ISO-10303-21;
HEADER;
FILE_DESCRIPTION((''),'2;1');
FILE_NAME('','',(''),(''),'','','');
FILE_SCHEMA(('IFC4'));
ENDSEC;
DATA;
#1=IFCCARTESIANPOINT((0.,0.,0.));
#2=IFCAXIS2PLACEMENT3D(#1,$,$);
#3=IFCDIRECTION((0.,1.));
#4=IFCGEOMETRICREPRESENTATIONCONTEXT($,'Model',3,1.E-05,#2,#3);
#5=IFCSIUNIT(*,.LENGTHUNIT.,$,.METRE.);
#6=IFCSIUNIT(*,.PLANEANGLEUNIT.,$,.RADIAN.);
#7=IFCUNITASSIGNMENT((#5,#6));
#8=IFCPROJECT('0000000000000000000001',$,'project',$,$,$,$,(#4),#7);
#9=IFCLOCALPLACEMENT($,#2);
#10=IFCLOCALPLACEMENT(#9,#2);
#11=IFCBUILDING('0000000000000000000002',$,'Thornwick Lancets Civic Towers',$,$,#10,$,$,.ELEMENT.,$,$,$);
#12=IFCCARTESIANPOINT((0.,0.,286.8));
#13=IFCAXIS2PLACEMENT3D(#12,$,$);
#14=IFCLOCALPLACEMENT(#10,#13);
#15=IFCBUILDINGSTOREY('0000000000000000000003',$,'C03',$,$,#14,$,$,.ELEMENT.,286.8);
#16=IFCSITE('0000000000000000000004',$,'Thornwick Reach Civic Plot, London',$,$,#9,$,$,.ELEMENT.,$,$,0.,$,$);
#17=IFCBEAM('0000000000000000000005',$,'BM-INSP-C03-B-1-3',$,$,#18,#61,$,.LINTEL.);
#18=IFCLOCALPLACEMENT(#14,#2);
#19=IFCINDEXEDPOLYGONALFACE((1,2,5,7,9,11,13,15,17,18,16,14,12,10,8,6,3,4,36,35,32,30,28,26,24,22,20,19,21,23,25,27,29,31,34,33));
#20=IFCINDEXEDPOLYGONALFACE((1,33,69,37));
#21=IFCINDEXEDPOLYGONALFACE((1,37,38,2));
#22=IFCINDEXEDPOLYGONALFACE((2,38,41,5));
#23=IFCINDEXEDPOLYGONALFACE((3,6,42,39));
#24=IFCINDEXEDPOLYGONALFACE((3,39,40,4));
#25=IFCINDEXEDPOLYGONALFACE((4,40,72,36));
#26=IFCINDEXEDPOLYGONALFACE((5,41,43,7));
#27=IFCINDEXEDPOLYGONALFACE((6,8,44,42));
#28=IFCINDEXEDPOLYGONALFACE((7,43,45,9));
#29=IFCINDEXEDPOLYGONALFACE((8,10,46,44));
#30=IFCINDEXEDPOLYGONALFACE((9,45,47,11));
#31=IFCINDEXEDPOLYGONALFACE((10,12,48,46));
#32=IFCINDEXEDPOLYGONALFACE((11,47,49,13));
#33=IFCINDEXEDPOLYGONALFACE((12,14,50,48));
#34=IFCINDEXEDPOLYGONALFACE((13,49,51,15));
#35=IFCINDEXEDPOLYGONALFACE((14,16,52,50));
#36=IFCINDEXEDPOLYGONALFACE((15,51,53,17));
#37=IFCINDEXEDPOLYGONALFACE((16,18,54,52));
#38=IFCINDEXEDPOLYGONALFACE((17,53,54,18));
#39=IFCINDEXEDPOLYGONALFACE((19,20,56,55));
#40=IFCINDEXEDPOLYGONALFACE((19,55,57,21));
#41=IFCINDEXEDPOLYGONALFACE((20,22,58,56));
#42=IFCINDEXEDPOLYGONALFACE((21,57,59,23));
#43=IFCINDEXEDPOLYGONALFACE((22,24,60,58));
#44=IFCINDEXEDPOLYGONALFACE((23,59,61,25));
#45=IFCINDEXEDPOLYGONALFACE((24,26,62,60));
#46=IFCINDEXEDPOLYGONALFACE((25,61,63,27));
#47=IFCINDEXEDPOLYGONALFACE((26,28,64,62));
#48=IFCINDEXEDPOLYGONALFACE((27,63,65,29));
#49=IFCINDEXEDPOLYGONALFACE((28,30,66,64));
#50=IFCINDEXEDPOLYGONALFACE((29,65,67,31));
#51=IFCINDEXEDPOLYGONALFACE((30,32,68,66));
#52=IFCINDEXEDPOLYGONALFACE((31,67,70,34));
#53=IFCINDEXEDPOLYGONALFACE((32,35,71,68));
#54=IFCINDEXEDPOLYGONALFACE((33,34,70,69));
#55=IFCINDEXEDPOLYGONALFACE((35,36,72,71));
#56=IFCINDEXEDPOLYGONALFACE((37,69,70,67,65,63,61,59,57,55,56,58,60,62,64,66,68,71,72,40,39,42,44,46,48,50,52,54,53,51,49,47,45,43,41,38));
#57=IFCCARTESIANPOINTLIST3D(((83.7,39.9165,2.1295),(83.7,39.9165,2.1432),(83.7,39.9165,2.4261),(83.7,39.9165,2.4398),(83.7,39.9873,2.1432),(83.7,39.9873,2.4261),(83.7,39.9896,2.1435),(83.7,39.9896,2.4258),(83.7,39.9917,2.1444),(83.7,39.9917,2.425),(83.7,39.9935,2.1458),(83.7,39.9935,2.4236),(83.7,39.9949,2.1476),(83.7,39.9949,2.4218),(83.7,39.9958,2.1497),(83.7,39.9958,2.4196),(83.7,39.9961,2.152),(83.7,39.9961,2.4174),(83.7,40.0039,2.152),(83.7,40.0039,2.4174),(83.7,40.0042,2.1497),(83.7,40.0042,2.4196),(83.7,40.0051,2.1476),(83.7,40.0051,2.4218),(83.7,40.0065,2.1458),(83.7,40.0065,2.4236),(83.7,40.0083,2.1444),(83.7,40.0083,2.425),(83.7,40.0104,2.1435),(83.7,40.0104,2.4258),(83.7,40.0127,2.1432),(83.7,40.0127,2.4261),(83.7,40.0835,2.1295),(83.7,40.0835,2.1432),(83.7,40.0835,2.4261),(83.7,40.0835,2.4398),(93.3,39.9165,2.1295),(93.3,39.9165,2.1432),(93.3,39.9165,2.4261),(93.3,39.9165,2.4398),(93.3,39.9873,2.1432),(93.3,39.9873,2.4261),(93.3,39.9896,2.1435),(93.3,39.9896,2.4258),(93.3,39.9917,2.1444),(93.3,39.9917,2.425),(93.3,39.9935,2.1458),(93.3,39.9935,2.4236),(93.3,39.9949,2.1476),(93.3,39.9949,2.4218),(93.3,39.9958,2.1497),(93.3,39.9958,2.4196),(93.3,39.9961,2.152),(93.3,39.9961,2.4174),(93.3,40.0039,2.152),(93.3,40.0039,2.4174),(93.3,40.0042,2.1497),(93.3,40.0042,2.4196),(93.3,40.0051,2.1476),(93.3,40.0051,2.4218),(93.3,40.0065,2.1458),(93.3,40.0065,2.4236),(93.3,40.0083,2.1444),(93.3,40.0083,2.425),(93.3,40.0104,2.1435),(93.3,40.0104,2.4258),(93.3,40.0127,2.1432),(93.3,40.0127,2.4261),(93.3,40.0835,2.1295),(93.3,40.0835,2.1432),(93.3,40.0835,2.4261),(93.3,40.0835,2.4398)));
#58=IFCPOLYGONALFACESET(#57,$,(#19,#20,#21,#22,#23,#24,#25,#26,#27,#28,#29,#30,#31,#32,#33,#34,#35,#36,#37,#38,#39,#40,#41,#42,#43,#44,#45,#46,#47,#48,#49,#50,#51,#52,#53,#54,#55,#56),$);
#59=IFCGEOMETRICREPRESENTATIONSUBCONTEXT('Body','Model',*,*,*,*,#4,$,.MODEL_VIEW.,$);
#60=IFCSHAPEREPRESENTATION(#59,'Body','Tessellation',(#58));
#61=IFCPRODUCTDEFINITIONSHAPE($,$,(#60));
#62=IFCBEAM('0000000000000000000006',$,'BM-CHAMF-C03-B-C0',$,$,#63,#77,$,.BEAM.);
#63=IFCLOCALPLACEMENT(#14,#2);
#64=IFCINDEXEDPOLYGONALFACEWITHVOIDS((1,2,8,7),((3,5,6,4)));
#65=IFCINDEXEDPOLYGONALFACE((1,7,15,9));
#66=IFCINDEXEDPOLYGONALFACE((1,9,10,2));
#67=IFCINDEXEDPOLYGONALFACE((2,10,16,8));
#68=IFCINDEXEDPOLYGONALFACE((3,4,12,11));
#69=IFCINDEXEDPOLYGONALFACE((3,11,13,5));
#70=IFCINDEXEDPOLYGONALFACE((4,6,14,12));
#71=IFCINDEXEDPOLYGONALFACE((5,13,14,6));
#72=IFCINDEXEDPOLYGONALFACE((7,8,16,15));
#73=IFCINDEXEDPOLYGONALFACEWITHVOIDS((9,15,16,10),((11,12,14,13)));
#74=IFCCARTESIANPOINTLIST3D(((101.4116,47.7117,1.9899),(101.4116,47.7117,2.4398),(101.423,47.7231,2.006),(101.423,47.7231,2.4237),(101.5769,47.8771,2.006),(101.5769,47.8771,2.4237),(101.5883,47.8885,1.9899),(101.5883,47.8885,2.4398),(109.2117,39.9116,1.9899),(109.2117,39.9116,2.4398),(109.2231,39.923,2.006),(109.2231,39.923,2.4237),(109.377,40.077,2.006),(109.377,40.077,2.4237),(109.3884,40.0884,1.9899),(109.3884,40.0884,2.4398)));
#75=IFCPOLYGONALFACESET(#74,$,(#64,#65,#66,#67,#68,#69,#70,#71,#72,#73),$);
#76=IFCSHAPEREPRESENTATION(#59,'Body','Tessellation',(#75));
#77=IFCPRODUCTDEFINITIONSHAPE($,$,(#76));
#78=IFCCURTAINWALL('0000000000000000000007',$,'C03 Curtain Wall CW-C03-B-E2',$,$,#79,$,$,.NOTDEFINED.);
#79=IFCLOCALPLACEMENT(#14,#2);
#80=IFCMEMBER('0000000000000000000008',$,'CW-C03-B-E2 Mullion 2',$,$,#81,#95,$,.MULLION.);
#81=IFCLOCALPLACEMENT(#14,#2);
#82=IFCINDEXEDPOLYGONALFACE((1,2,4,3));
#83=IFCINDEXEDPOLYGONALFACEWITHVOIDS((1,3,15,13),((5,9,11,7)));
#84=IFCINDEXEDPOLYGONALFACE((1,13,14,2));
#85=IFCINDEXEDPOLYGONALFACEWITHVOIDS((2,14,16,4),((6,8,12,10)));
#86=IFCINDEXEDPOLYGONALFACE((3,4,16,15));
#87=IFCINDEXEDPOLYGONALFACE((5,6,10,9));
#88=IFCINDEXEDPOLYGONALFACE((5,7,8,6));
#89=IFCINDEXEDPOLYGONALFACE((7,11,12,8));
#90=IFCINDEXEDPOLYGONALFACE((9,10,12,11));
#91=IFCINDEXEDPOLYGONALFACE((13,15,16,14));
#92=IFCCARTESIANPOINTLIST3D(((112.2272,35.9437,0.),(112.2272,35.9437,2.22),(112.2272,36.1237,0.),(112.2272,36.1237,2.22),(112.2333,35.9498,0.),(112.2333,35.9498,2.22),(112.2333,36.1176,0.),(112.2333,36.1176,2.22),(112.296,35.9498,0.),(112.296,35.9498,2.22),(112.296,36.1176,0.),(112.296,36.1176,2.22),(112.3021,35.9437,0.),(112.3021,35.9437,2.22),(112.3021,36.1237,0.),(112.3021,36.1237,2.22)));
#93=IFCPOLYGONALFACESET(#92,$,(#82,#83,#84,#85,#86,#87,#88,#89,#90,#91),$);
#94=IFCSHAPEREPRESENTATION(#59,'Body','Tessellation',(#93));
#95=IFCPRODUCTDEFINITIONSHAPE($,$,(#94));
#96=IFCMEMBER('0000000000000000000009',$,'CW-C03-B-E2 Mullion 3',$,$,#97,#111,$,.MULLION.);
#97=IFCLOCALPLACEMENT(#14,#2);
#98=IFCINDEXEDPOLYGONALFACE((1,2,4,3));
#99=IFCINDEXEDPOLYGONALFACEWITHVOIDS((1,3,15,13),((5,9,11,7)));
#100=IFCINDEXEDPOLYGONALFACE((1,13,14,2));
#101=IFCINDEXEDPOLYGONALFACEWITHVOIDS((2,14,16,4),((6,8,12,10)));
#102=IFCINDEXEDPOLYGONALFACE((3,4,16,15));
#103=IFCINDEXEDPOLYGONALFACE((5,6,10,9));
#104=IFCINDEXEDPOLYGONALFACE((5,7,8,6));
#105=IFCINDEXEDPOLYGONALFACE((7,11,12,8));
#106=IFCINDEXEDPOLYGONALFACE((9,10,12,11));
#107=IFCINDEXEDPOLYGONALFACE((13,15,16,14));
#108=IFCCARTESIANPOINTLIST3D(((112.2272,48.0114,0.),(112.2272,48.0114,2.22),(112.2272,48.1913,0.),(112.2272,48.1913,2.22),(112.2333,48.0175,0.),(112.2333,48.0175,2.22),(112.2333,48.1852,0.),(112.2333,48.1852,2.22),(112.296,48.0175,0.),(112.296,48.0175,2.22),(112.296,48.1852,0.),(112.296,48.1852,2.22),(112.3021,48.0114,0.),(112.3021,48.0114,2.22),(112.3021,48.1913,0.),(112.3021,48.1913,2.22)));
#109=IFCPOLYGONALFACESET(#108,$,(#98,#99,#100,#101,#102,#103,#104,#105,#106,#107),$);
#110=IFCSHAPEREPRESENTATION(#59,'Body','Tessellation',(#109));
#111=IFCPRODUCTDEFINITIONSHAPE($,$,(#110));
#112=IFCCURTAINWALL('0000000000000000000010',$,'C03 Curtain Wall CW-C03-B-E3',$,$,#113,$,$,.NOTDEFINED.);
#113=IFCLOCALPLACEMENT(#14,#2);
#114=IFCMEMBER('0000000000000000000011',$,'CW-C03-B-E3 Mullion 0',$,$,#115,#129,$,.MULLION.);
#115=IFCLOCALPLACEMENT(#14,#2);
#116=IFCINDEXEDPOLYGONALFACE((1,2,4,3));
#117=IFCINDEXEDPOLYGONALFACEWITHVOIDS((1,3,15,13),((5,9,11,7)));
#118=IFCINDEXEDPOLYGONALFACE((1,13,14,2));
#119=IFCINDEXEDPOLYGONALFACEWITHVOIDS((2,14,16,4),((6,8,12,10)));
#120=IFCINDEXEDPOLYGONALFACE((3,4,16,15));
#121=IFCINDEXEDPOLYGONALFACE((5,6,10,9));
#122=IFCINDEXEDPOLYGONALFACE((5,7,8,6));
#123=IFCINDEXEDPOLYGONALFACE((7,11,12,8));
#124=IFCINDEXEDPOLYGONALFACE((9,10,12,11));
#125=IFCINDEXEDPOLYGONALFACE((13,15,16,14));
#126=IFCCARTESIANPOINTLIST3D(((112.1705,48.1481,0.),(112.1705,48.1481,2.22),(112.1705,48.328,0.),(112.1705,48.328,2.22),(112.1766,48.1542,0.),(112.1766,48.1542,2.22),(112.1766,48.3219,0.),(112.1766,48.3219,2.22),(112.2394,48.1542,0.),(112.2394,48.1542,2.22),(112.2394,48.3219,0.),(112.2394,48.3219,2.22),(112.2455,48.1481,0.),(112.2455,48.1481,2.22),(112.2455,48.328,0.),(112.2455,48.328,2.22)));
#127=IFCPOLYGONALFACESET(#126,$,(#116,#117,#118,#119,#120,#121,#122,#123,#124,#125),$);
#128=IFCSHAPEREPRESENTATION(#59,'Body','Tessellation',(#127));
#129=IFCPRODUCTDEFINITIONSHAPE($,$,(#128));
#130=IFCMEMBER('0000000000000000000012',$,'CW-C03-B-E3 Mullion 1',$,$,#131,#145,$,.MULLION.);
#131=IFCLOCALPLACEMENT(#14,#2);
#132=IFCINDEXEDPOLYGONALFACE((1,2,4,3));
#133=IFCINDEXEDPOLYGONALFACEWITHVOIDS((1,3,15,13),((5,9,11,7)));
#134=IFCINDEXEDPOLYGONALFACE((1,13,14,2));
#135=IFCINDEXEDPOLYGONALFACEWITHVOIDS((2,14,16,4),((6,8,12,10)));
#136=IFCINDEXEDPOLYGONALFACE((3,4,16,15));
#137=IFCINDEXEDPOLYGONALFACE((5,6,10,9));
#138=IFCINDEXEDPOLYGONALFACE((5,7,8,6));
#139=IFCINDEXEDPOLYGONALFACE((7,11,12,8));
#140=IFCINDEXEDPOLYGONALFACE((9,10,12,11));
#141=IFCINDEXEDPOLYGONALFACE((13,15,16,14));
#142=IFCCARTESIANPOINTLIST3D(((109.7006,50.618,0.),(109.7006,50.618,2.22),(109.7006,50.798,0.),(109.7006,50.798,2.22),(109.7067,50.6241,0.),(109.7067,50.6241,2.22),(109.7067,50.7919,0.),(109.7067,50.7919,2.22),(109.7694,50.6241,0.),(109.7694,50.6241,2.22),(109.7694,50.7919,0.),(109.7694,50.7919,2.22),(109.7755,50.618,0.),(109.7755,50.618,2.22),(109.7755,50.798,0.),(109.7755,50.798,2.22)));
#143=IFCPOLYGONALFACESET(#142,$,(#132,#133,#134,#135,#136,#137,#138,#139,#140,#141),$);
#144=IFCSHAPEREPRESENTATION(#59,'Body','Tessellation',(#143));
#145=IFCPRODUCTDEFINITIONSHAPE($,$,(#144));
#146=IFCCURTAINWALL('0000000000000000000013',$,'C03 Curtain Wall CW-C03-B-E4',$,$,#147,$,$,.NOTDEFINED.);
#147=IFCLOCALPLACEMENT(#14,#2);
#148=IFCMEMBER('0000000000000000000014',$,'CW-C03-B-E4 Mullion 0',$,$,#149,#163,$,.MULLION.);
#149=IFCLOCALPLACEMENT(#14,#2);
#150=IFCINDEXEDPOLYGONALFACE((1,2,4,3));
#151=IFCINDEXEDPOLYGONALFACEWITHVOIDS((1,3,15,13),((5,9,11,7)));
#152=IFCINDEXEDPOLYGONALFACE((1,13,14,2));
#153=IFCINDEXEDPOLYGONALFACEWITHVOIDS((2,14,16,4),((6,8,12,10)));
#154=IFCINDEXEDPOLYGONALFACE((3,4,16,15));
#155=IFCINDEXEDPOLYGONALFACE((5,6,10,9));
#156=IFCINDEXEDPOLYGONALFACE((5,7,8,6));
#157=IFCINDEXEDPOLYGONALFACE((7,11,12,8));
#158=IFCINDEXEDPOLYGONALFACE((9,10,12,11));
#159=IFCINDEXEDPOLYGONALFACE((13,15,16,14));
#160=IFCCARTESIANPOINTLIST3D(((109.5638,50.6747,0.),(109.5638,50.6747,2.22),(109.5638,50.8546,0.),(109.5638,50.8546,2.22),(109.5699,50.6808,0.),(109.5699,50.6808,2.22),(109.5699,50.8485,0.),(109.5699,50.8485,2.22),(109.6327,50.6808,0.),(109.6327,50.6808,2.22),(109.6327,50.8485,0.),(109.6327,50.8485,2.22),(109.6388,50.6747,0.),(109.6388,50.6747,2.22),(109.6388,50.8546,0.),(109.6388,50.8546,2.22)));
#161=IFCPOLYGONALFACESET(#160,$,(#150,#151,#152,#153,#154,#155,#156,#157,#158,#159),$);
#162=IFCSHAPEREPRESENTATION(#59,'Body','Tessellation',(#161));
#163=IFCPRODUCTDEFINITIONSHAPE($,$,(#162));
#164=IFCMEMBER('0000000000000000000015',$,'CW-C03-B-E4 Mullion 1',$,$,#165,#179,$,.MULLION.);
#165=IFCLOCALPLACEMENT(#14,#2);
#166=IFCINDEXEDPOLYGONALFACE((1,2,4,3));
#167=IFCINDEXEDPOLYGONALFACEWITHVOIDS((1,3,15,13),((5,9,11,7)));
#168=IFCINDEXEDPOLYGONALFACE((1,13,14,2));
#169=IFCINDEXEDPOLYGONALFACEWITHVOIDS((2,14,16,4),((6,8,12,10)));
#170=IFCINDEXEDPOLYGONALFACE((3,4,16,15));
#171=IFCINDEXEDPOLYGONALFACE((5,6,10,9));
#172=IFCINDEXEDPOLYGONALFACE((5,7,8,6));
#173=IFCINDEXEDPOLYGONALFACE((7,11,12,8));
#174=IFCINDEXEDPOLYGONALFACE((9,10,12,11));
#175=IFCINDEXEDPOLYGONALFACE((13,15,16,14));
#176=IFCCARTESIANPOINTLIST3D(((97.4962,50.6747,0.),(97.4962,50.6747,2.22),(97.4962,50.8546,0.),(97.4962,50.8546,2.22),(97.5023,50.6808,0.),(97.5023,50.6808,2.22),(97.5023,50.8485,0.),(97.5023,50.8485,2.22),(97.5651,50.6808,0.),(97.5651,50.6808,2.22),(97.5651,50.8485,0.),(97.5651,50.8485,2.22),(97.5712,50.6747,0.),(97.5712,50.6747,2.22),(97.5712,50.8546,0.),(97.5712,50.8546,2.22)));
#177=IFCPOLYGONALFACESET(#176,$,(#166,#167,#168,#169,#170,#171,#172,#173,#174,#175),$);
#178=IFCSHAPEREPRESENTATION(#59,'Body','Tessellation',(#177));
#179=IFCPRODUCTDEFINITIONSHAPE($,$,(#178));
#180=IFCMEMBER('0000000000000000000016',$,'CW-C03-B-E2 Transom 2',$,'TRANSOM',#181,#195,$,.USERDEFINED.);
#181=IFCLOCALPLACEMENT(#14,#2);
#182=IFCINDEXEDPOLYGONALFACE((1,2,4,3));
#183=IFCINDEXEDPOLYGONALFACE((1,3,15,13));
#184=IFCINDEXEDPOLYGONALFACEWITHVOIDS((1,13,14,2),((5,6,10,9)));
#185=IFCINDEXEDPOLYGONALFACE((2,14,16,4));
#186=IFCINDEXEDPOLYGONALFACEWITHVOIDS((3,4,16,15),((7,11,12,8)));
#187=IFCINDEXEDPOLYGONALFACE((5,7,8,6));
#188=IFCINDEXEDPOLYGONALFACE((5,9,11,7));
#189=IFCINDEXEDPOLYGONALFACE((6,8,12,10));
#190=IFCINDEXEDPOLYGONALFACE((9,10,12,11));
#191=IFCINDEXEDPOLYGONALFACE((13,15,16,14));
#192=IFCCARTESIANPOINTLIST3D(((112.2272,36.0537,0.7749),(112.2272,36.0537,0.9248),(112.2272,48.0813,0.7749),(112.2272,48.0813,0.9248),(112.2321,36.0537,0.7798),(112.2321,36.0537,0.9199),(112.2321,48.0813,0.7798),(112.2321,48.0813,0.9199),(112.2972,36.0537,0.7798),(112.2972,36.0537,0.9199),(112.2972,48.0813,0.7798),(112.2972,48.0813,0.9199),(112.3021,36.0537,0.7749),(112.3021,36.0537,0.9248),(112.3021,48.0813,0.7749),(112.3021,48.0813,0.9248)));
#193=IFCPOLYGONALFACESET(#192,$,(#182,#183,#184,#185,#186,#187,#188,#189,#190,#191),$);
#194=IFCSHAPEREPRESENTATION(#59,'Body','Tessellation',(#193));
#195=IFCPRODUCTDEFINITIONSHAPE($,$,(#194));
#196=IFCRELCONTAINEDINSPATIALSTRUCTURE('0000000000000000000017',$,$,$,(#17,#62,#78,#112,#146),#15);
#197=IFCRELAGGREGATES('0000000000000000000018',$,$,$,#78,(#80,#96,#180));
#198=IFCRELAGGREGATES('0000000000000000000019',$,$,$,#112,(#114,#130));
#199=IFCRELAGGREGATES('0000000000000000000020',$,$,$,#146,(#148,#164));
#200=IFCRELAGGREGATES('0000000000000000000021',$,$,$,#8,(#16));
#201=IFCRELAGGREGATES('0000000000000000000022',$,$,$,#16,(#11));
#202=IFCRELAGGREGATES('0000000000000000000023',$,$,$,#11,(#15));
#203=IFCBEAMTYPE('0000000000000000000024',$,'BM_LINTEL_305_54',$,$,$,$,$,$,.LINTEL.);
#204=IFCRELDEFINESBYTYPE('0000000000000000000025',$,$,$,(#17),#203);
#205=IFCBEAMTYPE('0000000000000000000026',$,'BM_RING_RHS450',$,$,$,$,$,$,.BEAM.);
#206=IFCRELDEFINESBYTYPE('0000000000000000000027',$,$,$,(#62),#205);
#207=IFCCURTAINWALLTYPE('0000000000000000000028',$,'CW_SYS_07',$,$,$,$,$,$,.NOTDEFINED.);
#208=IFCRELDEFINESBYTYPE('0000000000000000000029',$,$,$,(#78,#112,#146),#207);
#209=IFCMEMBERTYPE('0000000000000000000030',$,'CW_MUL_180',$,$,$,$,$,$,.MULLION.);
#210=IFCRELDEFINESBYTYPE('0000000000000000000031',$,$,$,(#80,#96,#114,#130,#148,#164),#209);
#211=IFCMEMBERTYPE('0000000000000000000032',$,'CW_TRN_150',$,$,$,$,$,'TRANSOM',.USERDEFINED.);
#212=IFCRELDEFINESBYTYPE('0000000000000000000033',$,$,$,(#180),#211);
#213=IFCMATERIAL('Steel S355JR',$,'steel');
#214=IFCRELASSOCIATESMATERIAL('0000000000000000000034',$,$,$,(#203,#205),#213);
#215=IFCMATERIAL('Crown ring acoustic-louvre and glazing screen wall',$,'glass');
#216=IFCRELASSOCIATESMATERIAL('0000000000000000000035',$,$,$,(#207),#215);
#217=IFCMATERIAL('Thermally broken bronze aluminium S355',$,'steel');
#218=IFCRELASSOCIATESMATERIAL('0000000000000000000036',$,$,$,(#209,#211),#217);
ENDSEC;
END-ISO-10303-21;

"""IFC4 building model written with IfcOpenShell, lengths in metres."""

from ifc_helpers import new_model, si_unit, direction, frame, origin, origin_2d, place, context, subcontext, project, spatial, hollow_rectangle, i_section, extrude, material, material_profile, profile_set, type_object, element, aggregate, save


model = new_model("IFC4")

# Units and contexts
model_context = context("Model", 3, precision=1e-05, world=origin(), true_north=direction((0.0, 1.0)))
body_context = subcontext(model_context, "Body", "Model", "MODEL_VIEW")
ifc_project = project(units=[si_unit("LENGTHUNIT", "METRE"), si_unit("PLANEANGLEUNIT", "RADIAN")], contexts=[model_context])

# Site, building, storey
site_placement = place(None, origin())
site = spatial("IfcSite", under=ifc_project, at=site_placement, Name="Thornwick Reach Civic Plot, London", CompositionType="ELEMENT", RefElevation=0.0)
building_placement = place(site_placement, origin())
building = spatial("IfcBuilding", under=site, at=building_placement, Name="Thornwick Lancets Civic Towers", CompositionType="ELEMENT")
storey_placement = place(building_placement, frame((0.0, 0.0, 286.8)))
storey = spatial("IfcBuildingStorey", under=building, at=storey_placement, Name="C03", CompositionType="ELEMENT", Elevation=286.8)

# Shared definitions
ifc_material_1 = material(Name="Steel S355JR", Category="steel")

# Beams
ifc_material_profile_1 = material_profile(ifc_material_1, i_section(OverallWidth=0.167, OverallDepth=0.3103, WebThickness=0.0078, FlangeThickness=0.0137, FilletRadius=0.0088, at=origin_2d()), Name="UKB 305x165x54")
ifc_profile_set_1 = profile_set([ifc_material_profile_1], Name="Steel S355JR")
beam_type_1 = type_object("IfcBeamType", Name="BM_LINTEL_305_54", PredefinedType="LINTEL", material=ifc_profile_set_1)
beam_1_placement = place(storey_placement, frame((93.3, 40.0, 2.2847), z_axis=(-1.0, 0.0, 0.0), x_axis=(0.0, -1.0, 0.0)))
element("IfcBeam", 1, at=beam_1_placement, inside=storey, type_object=beam_type_1, Name="BM-INSP-C03-B-1-3", PredefinedType="LINTEL", context=body_context, shape_type="SweptSolid", body=[
    extrude(i_section(OverallWidth=0.167, OverallDepth=0.3103, WebThickness=0.0078, FlangeThickness=0.0137, FilletRadius=0.0088, at=origin_2d()), origin(), (0.0, 0.0, 1.0), 9.6001),
])
ifc_material_profile_2 = material_profile(ifc_material_1, hollow_rectangle(XDim=0.25, YDim=0.45, WallThickness=0.0161, at=origin_2d()), Name="RHS 450x250x16")
ifc_profile_set_2 = profile_set([ifc_material_profile_2], Name="Steel S355JR")
beam_type_2 = type_object("IfcBeamType", Name="BM_RING_RHS450", PredefinedType="BEAM", material=ifc_profile_set_2)
beam_2_placement = place(storey_placement, frame((109.3, 40.0, 2.2148), z_axis=(-0.707107, 0.707107, 0.0), x_axis=(-0.707107, -0.707107, 0.0)))
element("IfcBeam", 2, at=beam_2_placement, inside=storey, type_object=beam_type_2, Name="BM-CHAMF-C03-B-C0", PredefinedType="BEAM", context=body_context, shape_type="SweptSolid", body=[
    extrude(hollow_rectangle(XDim=0.25, YDim=0.45, WallThickness=0.0161, at=origin_2d()), origin(), (0.0, 0.0, 1.0), 11.031),
])

# Curtain walls, members
ifc_material_2 = material(Name="Crown ring acoustic-louvre and glazing screen wall", Category="glass")
curtain_wall_type = type_object("IfcCurtainWallType", Name="CW_SYS_07", PredefinedType="NOTDEFINED", material=ifc_material_2)
curtain_wall_1_placement = place(storey_placement, origin())
curtain_wall_1 = element("IfcCurtainWall", 3, at=curtain_wall_1_placement, inside=storey, type_object=curtain_wall_type, Name="C03 Curtain Wall CW-C03-B-E2", PredefinedType="NOTDEFINED")
ifc_material_3 = material(Name="Thermally broken bronze aluminium S355", Category="steel")
ifc_material_profile_3 = material_profile(ifc_material_3, hollow_rectangle(XDim=0.075, YDim=0.1799, WallThickness=0.0061, at=origin_2d()), Name="RHS 180x75x6")
ifc_profile_set_3 = profile_set([ifc_material_profile_3], Name="Thermally broken bronze aluminium S355")
member_type_1 = type_object("IfcMemberType", Name="CW_MUL_180", PredefinedType="MULLION", material=ifc_profile_set_3)
member_1_placement = place(storey_placement, frame((112.2646, 36.0337, 0.0), z_axis=(0.0, 0.0, 1.0), x_axis=(1.0, 0.0, 0.0)))
member_1 = element("IfcMember", 4, at=member_1_placement, type_object=member_type_1, Name="CW-C03-B-E2 Mullion 2", PredefinedType="MULLION", context=body_context, shape_type="SweptSolid", body=[
    extrude(hollow_rectangle(XDim=0.075, YDim=0.1799, WallThickness=0.0061, at=origin_2d()), origin(), (0.0, 0.0, 1.0), 2.22),
])
member_2_placement = place(storey_placement, frame((112.2646, 48.1013, 0.0), z_axis=(0.0, 0.0, 1.0), x_axis=(1.0, 0.0, 0.0)))
member_2 = element("IfcMember", 5, at=member_2_placement, type_object=member_type_1, Name="CW-C03-B-E2 Mullion 3", PredefinedType="MULLION", context=body_context, shape_type="SweptSolid", body=[
    extrude(hollow_rectangle(XDim=0.075, YDim=0.1799, WallThickness=0.0061, at=origin_2d()), origin(), (0.0, 0.0, 1.0), 2.22),
])
curtain_wall_2_placement = place(storey_placement, origin())
curtain_wall_2 = element("IfcCurtainWall", 6, at=curtain_wall_2_placement, inside=storey, type_object=curtain_wall_type, Name="C03 Curtain Wall CW-C03-B-E3", PredefinedType="NOTDEFINED")
member_3_placement = place(storey_placement, frame((112.208, 48.238, 0.0), z_axis=(0.0, 0.0, 1.0), x_axis=(1.0, 0.0, 0.0)))
member_3 = element("IfcMember", 7, at=member_3_placement, type_object=member_type_1, Name="CW-C03-B-E3 Mullion 0", PredefinedType="MULLION", context=body_context, shape_type="SweptSolid", body=[
    extrude(hollow_rectangle(XDim=0.075, YDim=0.1799, WallThickness=0.0061, at=origin_2d()), origin(), (0.0, 0.0, 1.0), 2.22),
])
member_4_placement = place(storey_placement, frame((109.738, 50.708, 0.0), z_axis=(0.0, 0.0, 1.0), x_axis=(1.0, 0.0, 0.0)))
member_4 = element("IfcMember", 8, at=member_4_placement, type_object=member_type_1, Name="CW-C03-B-E3 Mullion 1", PredefinedType="MULLION", context=body_context, shape_type="SweptSolid", body=[
    extrude(hollow_rectangle(XDim=0.075, YDim=0.1799, WallThickness=0.0061, at=origin_2d()), origin(), (0.0, 0.0, 1.0), 2.22),
])
curtain_wall_3_placement = place(storey_placement, origin())
curtain_wall_3 = element("IfcCurtainWall", 9, at=curtain_wall_3_placement, inside=storey, type_object=curtain_wall_type, Name="C03 Curtain Wall CW-C03-B-E4", PredefinedType="NOTDEFINED")
member_5_placement = place(storey_placement, frame((109.6013, 50.7646, 0.0), z_axis=(0.0, 0.0, 1.0), x_axis=(1.0, 0.0, 0.0)))
member_5 = element("IfcMember", 10, at=member_5_placement, type_object=member_type_1, Name="CW-C03-B-E4 Mullion 0", PredefinedType="MULLION", context=body_context, shape_type="SweptSolid", body=[
    extrude(hollow_rectangle(XDim=0.075, YDim=0.1799, WallThickness=0.0061, at=origin_2d()), origin(), (0.0, 0.0, 1.0), 2.22),
])
member_6_placement = place(storey_placement, frame((97.5337, 50.7646, 0.0), z_axis=(0.0, 0.0, 1.0), x_axis=(1.0, 0.0, 0.0)))
member_6 = element("IfcMember", 11, at=member_6_placement, type_object=member_type_1, Name="CW-C03-B-E4 Mullion 1", PredefinedType="MULLION", context=body_context, shape_type="SweptSolid", body=[
    extrude(hollow_rectangle(XDim=0.075, YDim=0.1799, WallThickness=0.0061, at=origin_2d()), origin(), (0.0, 0.0, 1.0), 2.22),
])

# Member
ifc_material_profile_4 = material_profile(ifc_material_3, hollow_rectangle(XDim=0.075, YDim=0.1499, WallThickness=0.0049, at=origin_2d()), Name="RHS 150x75x5")
ifc_profile_set_4 = profile_set([ifc_material_profile_4], Name="Thermally broken bronze aluminium S355")
member_type_2 = type_object("IfcMemberType", Name="CW_TRN_150", ElementType="TRANSOM", PredefinedType="USERDEFINED", material=ifc_profile_set_4)
member_7_placement = place(storey_placement, frame((112.2646, 36.0537, 0.8499), z_axis=(0.0, 1.0, 0.0), x_axis=(-1.0, 0.0, 0.0)))
member_7 = element("IfcMember", 12, at=member_7_placement, type_object=member_type_2, Name="CW-C03-B-E2 Transom 2", ObjectType="TRANSOM", PredefinedType="USERDEFINED", context=body_context, shape_type="SweptSolid", body=[
    extrude(hollow_rectangle(XDim=0.075, YDim=0.1499, WallThickness=0.0049, at=origin_2d()), origin(), (0.0, 0.0, 1.0), 12.0276),
])

aggregate(curtain_wall_1, [member_1, member_2, member_7])
aggregate(curtain_wall_2, [member_3, member_4])
aggregate(curtain_wall_3, [member_5, member_6])

save(model, "model.ifc")
